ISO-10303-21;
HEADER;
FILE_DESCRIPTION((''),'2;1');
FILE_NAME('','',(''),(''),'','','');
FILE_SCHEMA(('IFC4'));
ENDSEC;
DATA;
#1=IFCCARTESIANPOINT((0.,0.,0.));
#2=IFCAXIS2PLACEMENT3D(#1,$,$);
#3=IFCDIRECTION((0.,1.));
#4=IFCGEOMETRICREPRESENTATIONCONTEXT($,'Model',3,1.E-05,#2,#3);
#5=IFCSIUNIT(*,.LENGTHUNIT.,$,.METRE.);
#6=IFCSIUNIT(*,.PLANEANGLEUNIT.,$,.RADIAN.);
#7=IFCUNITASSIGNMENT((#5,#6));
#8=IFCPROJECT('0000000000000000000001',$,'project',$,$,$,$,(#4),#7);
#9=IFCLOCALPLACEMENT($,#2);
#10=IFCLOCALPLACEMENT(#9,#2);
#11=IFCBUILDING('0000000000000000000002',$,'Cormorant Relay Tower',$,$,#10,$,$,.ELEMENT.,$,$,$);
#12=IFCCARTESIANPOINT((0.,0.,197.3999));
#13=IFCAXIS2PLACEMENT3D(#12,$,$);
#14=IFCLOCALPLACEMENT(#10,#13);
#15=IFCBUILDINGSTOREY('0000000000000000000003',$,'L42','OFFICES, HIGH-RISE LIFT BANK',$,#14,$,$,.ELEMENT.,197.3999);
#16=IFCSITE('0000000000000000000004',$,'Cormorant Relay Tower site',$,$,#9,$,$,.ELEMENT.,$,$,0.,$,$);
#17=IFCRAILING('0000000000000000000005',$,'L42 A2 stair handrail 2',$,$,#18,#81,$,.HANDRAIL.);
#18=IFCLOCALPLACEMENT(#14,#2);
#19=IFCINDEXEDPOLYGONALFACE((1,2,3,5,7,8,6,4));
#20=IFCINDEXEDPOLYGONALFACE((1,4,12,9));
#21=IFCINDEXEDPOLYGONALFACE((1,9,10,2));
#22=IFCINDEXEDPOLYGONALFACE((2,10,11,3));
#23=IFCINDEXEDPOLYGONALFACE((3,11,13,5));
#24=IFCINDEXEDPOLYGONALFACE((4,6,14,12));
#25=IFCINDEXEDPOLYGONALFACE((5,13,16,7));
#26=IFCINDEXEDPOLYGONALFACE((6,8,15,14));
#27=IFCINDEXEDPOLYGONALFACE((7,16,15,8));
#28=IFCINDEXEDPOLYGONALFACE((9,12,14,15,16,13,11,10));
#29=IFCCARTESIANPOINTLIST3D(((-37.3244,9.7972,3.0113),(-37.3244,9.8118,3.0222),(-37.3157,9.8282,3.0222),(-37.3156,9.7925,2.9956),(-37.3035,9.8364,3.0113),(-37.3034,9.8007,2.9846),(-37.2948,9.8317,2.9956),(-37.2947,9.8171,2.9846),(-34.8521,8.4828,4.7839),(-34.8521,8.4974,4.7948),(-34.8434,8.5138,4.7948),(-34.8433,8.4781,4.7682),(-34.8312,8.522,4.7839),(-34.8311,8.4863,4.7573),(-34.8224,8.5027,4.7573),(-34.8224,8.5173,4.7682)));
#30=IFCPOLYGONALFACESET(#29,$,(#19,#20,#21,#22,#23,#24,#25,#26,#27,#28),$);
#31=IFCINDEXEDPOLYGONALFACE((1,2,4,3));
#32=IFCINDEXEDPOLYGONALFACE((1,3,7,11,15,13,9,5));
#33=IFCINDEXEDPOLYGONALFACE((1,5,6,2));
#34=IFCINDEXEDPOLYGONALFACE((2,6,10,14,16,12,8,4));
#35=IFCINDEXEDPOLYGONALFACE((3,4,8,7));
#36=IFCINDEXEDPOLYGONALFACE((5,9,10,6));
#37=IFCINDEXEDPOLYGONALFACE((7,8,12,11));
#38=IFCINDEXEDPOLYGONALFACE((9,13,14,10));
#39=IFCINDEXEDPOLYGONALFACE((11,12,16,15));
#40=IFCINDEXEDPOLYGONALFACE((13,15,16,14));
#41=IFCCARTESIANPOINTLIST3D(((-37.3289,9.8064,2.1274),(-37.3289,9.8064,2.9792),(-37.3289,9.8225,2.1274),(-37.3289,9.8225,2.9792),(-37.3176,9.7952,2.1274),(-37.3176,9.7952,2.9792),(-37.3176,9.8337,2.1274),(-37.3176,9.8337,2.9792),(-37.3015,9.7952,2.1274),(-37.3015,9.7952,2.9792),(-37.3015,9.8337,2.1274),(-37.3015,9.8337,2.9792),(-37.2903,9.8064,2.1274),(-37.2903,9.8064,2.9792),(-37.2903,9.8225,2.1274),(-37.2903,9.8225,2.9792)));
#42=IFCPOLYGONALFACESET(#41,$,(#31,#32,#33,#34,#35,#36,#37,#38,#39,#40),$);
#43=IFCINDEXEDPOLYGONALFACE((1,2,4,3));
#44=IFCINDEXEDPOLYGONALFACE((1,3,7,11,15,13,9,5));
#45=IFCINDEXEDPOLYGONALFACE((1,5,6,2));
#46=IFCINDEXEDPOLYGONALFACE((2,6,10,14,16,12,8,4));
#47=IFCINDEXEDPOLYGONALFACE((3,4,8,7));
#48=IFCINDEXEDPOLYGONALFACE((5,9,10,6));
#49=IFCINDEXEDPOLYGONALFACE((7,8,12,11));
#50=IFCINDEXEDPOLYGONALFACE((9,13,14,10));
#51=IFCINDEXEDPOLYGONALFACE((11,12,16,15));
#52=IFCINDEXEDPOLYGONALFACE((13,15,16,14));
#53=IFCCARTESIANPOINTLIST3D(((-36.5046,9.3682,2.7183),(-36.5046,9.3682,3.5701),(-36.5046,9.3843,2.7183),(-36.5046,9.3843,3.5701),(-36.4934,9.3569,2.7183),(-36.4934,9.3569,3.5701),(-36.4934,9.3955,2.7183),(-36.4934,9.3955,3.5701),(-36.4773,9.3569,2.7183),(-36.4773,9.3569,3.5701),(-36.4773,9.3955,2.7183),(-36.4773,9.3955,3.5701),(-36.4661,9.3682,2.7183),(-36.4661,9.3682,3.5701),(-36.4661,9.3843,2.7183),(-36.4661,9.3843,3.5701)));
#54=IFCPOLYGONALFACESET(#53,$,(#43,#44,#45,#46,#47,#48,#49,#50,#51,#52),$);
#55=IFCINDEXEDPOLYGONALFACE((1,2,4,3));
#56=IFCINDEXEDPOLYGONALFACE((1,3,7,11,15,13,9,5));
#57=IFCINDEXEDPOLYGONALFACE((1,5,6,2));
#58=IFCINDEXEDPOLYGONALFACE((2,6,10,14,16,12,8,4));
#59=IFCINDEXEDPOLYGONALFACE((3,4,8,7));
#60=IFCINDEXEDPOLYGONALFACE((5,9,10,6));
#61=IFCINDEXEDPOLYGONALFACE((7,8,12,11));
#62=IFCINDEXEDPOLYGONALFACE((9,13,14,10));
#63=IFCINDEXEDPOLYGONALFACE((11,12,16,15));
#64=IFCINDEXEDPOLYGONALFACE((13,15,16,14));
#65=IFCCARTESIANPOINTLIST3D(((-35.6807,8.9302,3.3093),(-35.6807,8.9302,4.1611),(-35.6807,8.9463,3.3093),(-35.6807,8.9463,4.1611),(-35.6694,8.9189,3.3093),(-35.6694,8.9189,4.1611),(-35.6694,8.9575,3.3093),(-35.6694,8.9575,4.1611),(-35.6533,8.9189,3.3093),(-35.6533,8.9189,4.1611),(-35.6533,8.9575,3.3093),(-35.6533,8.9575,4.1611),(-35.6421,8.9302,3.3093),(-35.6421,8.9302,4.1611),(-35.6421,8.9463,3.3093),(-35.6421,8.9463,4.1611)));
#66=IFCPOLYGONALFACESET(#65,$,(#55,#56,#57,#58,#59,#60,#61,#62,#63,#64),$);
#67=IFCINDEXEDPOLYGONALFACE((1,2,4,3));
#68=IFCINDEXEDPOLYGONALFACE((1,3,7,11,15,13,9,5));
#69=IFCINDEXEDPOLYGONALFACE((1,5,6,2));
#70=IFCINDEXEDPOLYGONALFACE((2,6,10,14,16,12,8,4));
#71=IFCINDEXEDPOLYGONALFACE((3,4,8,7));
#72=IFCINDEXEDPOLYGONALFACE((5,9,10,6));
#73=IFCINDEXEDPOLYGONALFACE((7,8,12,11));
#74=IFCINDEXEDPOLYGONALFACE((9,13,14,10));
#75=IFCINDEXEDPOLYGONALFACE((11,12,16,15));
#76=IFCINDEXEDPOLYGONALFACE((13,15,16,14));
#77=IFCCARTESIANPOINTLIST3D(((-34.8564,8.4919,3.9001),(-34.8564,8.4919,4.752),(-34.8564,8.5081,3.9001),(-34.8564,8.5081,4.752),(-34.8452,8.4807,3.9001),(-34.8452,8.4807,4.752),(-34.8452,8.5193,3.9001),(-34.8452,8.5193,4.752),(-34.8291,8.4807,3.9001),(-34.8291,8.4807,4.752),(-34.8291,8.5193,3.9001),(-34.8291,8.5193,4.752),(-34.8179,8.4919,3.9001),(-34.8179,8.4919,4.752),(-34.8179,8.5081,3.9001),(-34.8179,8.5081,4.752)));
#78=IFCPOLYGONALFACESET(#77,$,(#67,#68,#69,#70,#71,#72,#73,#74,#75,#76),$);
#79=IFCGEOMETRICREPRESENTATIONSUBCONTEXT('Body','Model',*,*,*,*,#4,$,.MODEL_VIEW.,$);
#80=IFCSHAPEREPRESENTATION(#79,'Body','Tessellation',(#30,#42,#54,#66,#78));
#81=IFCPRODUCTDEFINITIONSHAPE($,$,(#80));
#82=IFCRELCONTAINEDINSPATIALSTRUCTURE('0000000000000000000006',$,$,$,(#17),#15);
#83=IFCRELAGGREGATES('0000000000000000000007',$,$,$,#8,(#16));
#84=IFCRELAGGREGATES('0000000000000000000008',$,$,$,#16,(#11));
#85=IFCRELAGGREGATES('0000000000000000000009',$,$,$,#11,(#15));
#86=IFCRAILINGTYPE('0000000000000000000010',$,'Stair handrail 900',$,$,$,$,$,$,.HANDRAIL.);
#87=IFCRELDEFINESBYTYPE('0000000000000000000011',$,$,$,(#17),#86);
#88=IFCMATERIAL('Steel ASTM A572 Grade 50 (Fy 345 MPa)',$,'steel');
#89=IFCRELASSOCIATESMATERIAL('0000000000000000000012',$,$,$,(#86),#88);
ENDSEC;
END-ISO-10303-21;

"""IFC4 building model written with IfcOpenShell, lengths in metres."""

from ifc_helpers import new_model, si_unit, direction, frame, origin, place, context, subcontext, project, spatial, polyline, outline, extrude, material, type_object, element, save


model = new_model("IFC4")

# Units and contexts
model_context = context("Model", 3, precision=1e-05, world=origin(), true_north=direction((0.0, 1.0)))
body_context = subcontext(model_context, "Body", "Model", "MODEL_VIEW")
ifc_project = project(units=[si_unit("LENGTHUNIT", "METRE"), si_unit("PLANEANGLEUNIT", "RADIAN")], contexts=[model_context])

# Site, building, storey
site_placement = place(None, origin())
site = spatial("IfcSite", under=ifc_project, at=site_placement, Name="Cormorant Relay Tower site", CompositionType="ELEMENT", RefElevation=0.0)
building_placement = place(site_placement, origin())
building = spatial("IfcBuilding", under=site, at=building_placement, Name="Cormorant Relay Tower", CompositionType="ELEMENT")
storey_placement = place(building_placement, frame((0.0, 0.0, 197.3999)))
storey = spatial("IfcBuildingStorey", under=building, at=storey_placement, Name="L42", Description="OFFICES, HIGH-RISE LIFT BANK", CompositionType="ELEMENT", Elevation=197.3999)

# Railing
ifc_material_1 = material(Name="Steel ASTM A572 Grade 50 (Fy 345 MPa)", Category="steel")
railing_type_1 = type_object("IfcRailingType", Name="Stair handrail 900", PredefinedType="HANDRAIL", material=ifc_material_1)
railing_1_placement = place(storey_placement, frame((-37.3096, 9.8145, 2.1274)))
element("IfcRailing", 1, at=railing_1_placement, inside=storey, type_object=railing_type_1, Name="L42 A2 stair handrail 2", PredefinedType="HANDRAIL", context=body_context, shape_type="SweptSolid", body=[
    extrude(outline(polyline([(0.0222, 0.0093), (0.0093, 0.0222), (-0.0093, 0.0222), (-0.0222, 0.0093), (-0.0222, -0.0093), (-0.0093, -0.0222), (0.0093, -0.0222), (0.0222, -0.0093), (0.0222, 0.0093)])), frame((0.0, 0.0, 0.876), z_axis=(0.746034, -0.396627, 0.534902), x_axis=(0.469429, 0.88297, 0.0)), (0.0, 0.0, 1.0), 3.314),
    extrude(outline(polyline([(0.0193, 0.0081), (0.0081, 0.0193), (-0.0081, 0.0193), (-0.0193, 0.0081), (-0.0193, -0.0081), (-0.0081, -0.0193), (0.0081, -0.0193), (0.0193, -0.0081), (0.0193, 0.0081)])), origin(), (0.0, 0.0, 1.0), 0.8518),
    extrude(outline(polyline([(0.0193, 0.0081), (0.0081, 0.0193), (-0.0081, 0.0193), (-0.0193, 0.0081), (-0.0193, -0.0081), (-0.0081, -0.0193), (0.0081, -0.0193), (0.0193, -0.0081), (0.0193, 0.0081)])), frame((0.8242, -0.4382, 0.5908)), (0.0, 0.0, 1.0), 0.8518),
    extrude(outline(polyline([(0.0193, 0.0081), (0.0081, 0.0193), (-0.0081, 0.0193), (-0.0193, 0.0081), (-0.0193, -0.0081), (-0.0081, -0.0193), (0.0081, -0.0193), (0.0193, -0.0081), (0.0193, 0.0081)])), frame((1.6482, -0.8762, 1.1819)), (0.0, 0.0, 1.0), 0.8518),
    extrude(outline(polyline([(0.0193, 0.0081), (0.0081, 0.0193), (-0.0081, 0.0193), (-0.0193, 0.0081), (-0.0193, -0.0081), (-0.0081, -0.0193), (0.0081, -0.0193), (0.0193, -0.0081), (0.0193, 0.0081)])), frame((2.4724, -1.3145, 1.7727)), (0.0, 0.0, 1.0), 0.8518),
])

save(model, "model.ifc")
